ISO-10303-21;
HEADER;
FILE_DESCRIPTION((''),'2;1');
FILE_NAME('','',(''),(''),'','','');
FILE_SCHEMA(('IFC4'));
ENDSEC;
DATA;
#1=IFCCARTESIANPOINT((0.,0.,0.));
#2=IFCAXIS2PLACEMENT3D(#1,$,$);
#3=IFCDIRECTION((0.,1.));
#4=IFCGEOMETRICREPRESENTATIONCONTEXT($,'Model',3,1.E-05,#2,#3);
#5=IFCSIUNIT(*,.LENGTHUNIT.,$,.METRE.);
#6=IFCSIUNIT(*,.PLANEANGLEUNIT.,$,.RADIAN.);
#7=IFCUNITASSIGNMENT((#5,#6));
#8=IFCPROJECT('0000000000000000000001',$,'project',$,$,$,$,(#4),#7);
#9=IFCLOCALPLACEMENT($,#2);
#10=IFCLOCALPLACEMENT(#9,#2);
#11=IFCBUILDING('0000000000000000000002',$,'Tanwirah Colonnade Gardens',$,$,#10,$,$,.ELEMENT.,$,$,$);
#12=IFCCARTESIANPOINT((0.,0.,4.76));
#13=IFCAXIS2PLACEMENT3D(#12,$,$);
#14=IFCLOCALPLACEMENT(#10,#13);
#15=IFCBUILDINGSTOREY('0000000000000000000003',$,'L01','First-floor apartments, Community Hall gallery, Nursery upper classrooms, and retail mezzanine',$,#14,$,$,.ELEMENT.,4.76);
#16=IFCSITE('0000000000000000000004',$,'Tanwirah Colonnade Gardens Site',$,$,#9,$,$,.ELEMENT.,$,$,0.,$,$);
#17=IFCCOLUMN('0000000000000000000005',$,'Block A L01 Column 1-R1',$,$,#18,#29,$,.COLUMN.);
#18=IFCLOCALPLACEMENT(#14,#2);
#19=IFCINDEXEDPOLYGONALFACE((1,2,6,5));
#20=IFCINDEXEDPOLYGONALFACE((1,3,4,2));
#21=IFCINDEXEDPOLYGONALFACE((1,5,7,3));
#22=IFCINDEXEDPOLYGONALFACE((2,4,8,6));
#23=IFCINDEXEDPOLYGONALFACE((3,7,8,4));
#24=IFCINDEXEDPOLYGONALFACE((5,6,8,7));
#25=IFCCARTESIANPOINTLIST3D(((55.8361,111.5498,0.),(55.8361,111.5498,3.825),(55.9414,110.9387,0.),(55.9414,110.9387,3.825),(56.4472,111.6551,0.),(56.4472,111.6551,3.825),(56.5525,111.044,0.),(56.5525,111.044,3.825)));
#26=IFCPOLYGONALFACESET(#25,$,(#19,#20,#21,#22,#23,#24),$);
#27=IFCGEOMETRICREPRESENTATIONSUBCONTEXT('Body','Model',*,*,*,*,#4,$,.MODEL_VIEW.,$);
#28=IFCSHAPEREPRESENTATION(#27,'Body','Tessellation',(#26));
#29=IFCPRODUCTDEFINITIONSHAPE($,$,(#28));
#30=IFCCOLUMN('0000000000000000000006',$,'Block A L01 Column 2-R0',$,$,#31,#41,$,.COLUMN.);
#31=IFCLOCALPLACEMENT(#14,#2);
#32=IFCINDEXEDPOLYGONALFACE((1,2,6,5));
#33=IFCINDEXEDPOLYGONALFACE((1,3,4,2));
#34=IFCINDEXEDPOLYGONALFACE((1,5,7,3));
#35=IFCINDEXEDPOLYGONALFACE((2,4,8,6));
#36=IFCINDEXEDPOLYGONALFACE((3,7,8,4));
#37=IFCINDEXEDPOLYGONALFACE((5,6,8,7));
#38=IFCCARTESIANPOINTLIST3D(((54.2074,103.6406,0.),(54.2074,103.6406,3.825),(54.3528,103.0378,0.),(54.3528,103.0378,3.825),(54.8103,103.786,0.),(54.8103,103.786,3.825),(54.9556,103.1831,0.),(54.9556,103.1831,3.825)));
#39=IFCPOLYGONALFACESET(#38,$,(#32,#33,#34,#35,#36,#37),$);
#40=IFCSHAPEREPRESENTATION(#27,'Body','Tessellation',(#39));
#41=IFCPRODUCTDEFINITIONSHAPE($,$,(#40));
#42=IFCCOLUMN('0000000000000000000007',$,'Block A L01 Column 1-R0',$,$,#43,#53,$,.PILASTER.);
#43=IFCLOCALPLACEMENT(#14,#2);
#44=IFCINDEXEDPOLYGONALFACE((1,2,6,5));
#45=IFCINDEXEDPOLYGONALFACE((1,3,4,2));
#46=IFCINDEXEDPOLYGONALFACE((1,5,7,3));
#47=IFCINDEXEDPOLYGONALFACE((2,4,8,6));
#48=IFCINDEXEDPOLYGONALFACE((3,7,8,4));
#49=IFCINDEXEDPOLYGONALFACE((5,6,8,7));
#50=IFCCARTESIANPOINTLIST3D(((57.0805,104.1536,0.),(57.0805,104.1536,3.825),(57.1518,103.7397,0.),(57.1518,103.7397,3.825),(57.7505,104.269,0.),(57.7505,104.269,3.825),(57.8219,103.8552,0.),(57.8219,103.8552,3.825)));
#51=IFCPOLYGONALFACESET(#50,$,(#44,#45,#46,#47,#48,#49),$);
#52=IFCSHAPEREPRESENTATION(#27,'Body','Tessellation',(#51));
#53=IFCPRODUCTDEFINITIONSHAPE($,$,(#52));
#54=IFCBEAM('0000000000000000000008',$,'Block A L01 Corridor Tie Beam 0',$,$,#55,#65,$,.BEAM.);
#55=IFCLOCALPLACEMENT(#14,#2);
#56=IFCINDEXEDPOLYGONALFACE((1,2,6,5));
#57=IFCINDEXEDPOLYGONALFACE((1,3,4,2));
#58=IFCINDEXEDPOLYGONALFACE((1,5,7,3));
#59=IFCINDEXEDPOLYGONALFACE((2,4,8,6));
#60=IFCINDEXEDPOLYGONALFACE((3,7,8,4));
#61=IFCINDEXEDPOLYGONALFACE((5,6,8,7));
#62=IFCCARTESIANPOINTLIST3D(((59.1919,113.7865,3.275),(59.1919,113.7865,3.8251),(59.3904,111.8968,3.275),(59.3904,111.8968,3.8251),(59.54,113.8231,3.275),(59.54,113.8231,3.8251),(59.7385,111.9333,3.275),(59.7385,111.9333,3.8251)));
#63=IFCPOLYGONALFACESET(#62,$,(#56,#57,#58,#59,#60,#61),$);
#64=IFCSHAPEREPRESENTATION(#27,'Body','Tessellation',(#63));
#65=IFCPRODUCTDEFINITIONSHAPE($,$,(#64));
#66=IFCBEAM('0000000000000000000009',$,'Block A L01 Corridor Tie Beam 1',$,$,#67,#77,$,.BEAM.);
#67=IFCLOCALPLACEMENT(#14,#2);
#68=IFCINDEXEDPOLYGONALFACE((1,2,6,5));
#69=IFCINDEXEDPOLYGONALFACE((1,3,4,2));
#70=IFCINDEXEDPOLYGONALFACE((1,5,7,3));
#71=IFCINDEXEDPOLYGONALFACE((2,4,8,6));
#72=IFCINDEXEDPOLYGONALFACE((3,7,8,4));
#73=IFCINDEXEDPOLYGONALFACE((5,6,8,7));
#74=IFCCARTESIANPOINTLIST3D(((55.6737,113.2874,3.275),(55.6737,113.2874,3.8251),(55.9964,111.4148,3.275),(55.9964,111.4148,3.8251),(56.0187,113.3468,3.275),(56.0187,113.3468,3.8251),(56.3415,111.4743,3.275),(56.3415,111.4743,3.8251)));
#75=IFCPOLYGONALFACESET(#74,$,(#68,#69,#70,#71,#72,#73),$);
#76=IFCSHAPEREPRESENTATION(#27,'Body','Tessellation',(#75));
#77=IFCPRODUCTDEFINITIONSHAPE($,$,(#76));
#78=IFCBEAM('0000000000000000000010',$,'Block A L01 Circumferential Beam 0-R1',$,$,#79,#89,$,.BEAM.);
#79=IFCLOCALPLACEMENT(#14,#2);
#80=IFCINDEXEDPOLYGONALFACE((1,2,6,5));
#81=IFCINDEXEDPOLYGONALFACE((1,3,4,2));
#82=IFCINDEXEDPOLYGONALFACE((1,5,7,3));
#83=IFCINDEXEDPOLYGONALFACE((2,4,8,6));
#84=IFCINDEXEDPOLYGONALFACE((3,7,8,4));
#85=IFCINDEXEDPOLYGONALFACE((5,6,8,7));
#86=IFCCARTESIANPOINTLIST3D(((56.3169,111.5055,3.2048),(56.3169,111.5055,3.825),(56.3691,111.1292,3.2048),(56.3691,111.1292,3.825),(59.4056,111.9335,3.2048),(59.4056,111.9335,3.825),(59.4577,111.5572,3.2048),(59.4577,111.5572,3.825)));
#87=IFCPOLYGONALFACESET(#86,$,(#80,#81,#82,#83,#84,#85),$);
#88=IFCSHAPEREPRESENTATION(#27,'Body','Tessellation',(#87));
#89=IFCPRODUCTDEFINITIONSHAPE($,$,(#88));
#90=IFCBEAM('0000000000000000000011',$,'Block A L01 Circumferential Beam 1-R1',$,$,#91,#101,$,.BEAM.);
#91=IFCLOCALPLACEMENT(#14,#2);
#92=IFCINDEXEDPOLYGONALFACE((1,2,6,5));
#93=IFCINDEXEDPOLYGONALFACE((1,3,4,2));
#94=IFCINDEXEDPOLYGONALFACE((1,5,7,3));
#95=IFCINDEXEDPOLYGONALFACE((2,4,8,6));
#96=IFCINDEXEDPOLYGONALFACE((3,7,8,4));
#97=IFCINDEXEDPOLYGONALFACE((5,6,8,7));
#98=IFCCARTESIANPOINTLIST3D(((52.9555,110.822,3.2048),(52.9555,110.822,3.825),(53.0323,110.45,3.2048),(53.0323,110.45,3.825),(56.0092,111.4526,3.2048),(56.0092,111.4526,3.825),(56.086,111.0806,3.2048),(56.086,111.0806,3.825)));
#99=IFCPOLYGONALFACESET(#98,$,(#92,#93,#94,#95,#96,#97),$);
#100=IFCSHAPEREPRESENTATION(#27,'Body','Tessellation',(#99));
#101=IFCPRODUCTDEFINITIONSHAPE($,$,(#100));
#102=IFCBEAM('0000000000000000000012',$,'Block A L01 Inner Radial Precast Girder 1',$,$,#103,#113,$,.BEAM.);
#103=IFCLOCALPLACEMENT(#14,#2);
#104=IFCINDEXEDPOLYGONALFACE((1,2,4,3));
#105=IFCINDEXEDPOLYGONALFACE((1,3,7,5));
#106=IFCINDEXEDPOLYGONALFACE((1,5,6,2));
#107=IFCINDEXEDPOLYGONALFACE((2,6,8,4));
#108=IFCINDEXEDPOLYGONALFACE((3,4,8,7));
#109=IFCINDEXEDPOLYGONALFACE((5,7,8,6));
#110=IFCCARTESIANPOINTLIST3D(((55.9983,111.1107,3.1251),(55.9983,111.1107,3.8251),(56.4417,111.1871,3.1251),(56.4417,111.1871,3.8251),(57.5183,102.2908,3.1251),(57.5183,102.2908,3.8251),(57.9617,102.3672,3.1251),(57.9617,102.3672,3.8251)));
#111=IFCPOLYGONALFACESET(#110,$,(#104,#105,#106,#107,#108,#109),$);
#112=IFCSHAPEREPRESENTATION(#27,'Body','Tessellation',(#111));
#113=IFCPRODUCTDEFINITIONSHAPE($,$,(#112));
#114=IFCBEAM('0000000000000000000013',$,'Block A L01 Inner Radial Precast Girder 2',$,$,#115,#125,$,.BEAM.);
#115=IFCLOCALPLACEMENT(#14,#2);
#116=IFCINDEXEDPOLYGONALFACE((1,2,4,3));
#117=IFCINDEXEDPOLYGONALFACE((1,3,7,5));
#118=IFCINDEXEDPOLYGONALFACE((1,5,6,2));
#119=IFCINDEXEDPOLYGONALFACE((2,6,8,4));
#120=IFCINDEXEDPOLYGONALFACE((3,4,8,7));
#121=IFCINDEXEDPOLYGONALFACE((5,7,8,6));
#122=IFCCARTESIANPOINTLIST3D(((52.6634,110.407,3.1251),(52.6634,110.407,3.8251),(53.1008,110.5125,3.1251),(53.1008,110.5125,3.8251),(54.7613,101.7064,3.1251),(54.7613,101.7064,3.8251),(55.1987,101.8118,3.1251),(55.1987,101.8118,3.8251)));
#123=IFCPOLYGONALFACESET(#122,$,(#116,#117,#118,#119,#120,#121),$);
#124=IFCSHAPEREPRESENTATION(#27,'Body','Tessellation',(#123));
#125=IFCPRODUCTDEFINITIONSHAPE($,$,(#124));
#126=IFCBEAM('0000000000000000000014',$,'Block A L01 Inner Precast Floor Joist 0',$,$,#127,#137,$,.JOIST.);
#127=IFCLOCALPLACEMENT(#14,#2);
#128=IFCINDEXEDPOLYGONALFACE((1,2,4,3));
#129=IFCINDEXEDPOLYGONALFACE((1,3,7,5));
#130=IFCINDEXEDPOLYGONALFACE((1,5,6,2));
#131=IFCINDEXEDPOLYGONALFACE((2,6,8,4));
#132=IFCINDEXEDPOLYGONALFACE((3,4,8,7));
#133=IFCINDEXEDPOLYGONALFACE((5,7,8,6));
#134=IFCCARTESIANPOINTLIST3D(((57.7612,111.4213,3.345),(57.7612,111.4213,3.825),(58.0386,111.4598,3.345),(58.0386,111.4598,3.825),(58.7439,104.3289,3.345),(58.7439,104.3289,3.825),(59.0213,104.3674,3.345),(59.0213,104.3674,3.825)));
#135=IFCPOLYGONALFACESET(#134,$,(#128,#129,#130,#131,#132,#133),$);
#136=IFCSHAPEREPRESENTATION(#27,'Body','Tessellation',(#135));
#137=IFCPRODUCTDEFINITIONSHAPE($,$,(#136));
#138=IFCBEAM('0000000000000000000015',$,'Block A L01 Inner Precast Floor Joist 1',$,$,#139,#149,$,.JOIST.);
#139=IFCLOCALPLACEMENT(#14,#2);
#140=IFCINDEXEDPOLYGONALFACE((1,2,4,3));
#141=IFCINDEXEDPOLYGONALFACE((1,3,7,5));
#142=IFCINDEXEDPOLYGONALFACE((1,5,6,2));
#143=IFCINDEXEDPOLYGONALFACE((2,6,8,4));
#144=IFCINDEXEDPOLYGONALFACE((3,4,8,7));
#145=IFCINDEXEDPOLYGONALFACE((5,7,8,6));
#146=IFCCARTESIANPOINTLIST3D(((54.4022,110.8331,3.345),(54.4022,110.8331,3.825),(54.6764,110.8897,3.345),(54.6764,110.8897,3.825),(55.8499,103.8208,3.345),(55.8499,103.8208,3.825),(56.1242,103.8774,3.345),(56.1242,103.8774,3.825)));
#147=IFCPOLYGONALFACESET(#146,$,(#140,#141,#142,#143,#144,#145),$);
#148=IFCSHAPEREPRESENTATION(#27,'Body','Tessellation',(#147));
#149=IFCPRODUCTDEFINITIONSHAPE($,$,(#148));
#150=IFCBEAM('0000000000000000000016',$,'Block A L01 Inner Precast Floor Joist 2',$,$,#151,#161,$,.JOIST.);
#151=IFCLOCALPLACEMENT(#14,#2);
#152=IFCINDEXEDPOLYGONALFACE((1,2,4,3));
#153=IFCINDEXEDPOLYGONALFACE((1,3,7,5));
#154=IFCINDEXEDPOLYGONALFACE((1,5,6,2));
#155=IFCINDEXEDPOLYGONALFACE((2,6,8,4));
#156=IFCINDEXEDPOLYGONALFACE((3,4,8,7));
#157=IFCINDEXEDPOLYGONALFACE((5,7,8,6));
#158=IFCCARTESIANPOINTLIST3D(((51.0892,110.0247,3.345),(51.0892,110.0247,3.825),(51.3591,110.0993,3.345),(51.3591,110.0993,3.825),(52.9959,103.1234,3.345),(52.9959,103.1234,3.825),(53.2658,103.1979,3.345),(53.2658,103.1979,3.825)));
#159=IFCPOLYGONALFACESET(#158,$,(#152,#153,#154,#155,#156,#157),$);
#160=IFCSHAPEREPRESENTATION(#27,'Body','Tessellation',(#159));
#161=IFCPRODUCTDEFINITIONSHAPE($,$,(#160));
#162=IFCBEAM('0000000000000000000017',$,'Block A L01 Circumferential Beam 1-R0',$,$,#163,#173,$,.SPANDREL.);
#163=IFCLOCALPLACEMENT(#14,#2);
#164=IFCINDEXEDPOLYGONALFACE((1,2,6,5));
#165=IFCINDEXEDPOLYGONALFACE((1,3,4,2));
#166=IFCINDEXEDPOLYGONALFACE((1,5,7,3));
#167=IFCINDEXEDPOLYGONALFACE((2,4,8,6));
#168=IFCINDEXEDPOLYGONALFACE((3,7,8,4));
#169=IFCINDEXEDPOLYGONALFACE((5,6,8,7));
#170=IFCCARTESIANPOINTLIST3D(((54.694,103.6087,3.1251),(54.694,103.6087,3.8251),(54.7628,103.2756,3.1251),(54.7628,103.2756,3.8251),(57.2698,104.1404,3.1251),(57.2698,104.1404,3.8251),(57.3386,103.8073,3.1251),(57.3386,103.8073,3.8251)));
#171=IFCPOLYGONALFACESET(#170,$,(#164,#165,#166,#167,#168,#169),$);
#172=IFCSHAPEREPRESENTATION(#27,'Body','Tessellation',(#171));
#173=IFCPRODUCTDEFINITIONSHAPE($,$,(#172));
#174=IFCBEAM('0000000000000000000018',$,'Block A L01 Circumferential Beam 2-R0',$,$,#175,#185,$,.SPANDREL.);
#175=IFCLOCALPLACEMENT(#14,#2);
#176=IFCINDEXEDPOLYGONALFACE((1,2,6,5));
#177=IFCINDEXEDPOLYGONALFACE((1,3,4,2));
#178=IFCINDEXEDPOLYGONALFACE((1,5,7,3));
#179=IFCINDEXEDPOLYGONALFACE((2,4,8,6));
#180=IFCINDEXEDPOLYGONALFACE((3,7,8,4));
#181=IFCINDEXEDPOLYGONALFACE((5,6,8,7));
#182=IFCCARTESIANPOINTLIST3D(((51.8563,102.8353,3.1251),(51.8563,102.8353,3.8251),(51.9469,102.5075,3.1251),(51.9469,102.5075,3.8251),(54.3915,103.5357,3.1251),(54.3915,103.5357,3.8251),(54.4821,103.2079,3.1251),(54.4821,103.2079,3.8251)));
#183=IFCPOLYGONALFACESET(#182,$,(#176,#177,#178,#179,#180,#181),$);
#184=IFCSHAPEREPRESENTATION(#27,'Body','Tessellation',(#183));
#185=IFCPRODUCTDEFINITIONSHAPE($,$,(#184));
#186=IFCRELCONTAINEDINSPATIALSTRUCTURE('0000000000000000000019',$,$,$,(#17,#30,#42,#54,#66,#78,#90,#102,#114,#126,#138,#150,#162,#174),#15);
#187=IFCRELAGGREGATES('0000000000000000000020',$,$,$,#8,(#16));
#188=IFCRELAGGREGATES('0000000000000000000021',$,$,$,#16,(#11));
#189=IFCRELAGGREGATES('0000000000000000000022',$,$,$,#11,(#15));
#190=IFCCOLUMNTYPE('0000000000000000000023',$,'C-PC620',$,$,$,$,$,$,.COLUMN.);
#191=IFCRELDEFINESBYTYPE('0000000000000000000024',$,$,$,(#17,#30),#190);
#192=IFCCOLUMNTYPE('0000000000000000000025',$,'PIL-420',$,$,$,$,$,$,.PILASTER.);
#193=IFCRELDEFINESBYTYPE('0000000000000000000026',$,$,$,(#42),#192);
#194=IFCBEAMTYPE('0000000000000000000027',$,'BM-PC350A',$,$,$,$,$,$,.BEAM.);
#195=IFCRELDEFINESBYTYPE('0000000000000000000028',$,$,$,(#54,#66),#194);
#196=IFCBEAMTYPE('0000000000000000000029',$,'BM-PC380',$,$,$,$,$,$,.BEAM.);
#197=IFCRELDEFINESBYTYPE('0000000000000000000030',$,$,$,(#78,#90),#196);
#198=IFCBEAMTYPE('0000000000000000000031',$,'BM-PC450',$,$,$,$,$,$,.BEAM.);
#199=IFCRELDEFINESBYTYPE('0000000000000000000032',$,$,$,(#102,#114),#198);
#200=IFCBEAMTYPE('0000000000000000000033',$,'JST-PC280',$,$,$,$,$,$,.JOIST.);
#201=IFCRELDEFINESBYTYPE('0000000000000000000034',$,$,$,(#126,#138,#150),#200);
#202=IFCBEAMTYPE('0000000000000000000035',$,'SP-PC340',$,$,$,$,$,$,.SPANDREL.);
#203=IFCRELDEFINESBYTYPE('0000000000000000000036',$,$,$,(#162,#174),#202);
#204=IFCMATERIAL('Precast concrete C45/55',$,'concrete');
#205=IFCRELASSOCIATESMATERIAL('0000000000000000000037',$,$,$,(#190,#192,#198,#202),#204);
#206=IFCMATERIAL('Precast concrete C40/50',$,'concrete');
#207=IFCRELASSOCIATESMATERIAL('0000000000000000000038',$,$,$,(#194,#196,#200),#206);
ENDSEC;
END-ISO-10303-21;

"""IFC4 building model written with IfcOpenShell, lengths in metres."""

from ifc_helpers import new_model, si_unit, direction, frame, origin, origin_2d, place, context, subcontext, project, spatial, rectangle, extrude, material, material_profile, profile_set, type_object, element, save


model = new_model("IFC4")

# Units and contexts
model_context = context("Model", 3, precision=1e-05, world=origin(), true_north=direction((0.0, 1.0)))
body_context = subcontext(model_context, "Body", "Model", "MODEL_VIEW")
ifc_project = project(units=[si_unit("LENGTHUNIT", "METRE"), si_unit("PLANEANGLEUNIT", "RADIAN")], contexts=[model_context])

# Site, building, storey
site_placement = place(None, origin())
site = spatial("IfcSite", under=ifc_project, at=site_placement, Name="Tanwirah Colonnade Gardens Site", CompositionType="ELEMENT", RefElevation=0.0)
building_placement = place(site_placement, origin())
building = spatial("IfcBuilding", under=site, at=building_placement, Name="Tanwirah Colonnade Gardens", CompositionType="ELEMENT")
storey_placement = place(building_placement, frame((0.0, 0.0, 4.76)))
storey = spatial("IfcBuildingStorey", under=building, at=storey_placement, Name="L01", Description="First-floor apartments, Community Hall gallery, Nursery upper classrooms, and retail mezzanine", CompositionType="ELEMENT", Elevation=4.76)

# Columns
ifc_material_1 = material(Name="Precast concrete C45/55", Category="concrete")
ifc_material_profile_1 = material_profile(ifc_material_1, rectangle(XDim=0.6201, YDim=0.6201, at=origin_2d()), Name="PC-COL 620x620")
ifc_profile_set_1 = profile_set([ifc_material_profile_1], Name="Precast concrete C45/55")
column_type_1 = type_object("IfcColumnType", Name="C-PC620", PredefinedType="COLUMN", material=ifc_profile_set_1)
for number, where, z_axis, x_axis, name in (
    (1, (56.1943, 111.2969, 0.0), (0.0, 0.0, 1.0), (-0.169827, 0.985474, 0.0), "Block A L01 Column 1-R1"),
    (2, (54.5815, 103.4119, 0.0), (0.0, 0.0, 1.0), (-0.234388, 0.972143, 0.0), "Block A L01 Column 2-R0"),
):
    element("IfcColumn", number, at=place(storey_placement, frame(where, z_axis=z_axis, x_axis=x_axis)), inside=storey, type_object=column_type_1, Name=name, PredefinedType="COLUMN", context=body_context, shape_type="SweptSolid", body=[
        extrude(rectangle(XDim=0.6201, YDim=0.6201, at=origin_2d()), origin(), (0.0, 0.0, 1.0), 3.825),
    ])
ifc_material_profile_2 = material_profile(ifc_material_1, rectangle(XDim=0.4199, YDim=0.6799, at=origin_2d()), Name="PC-PIL 420x680")
ifc_profile_set_2 = profile_set([ifc_material_profile_2], Name="Precast concrete C45/55")
column_type_2 = type_object("IfcColumnType", Name="PIL-420", PredefinedType="PILASTER", material=ifc_profile_set_2)
column_placement = place(storey_placement, frame((57.4512, 104.0044, 0.0), z_axis=(0.0, 0.0, 1.0), x_axis=(-0.169827, 0.985474, 0.0)))
element("IfcColumn", 3, at=column_placement, inside=storey, type_object=column_type_2, Name="Block A L01 Column 1-R0", PredefinedType="PILASTER", context=body_context, shape_type="SweptSolid", body=[
    extrude(rectangle(XDim=0.4199, YDim=0.6799, at=origin_2d()), origin(), (0.0, 0.0, 1.0), 3.825),
])

# Beams
ifc_material_2 = material(Name="Precast concrete C40/50", Category="concrete")
ifc_material_profile_3 = material_profile(ifc_material_2, rectangle(XDim=0.3501, YDim=0.55, at=origin_2d()), Name="PC-BM 350x550")
ifc_profile_set_3 = profile_set([ifc_material_profile_3], Name="Precast concrete C40/50")
beam_type_1 = type_object("IfcBeamType", Name="BM-PC350A", PredefinedType="BEAM", material=ifc_profile_set_3)
for number, where, z_axis, x_axis, name in (
    (4, (59.5645, 111.915, 3.55), (-0.104464, 0.994529, 0.0), (-0.994529, -0.104464, 0.0), "Block A L01 Corridor Tie Beam 0"),
    (5, (56.1689, 111.4446, 3.55), (-0.169855, 0.985469, 0.0), (-0.985469, -0.169855, 0.0), "Block A L01 Corridor Tie Beam 1"),
):
    element("IfcBeam", number, at=place(storey_placement, frame(where, z_axis=z_axis, x_axis=x_axis)), inside=storey, type_object=beam_type_1, Name=name, PredefinedType="BEAM", context=body_context, shape_type="SweptSolid", body=[
        extrude(rectangle(XDim=0.3501, YDim=0.55, at=origin_2d()), origin(), (0.0, 0.0, 1.0), 1.9001),
    ])
ifc_material_profile_4 = material_profile(ifc_material_2, rectangle(XDim=0.3799, YDim=0.6201, at=origin_2d()), Name="PC-BM 380x620")
ifc_profile_set_4 = profile_set([ifc_material_profile_4], Name="Precast concrete C40/50")
beam_type_2 = type_object("IfcBeamType", Name="BM-PC380", PredefinedType="BEAM", material=ifc_profile_set_4)
for number, where, z_axis, x_axis, name in (
    (6, (59.4316, 111.7454, 3.5149), (-0.990536, -0.137255, 0.0), (0.137255, -0.990536, 0.0), "Block A L01 Circumferential Beam 0-R1"),
    (7, (56.0476, 111.2666, 3.5149), (-0.979336, -0.202241, 0.0), (0.202241, -0.979336, 0.0), "Block A L01 Circumferential Beam 1-R1"),
):
    element("IfcBeam", number, at=place(storey_placement, frame(where, z_axis=z_axis, x_axis=x_axis)), inside=storey, type_object=beam_type_2, Name=name, PredefinedType="BEAM", context=body_context, shape_type="SweptSolid", body=[
        extrude(rectangle(XDim=0.3799, YDim=0.6201, at=origin_2d()), origin(), (0.0, 0.0, 1.0), 3.1182),
    ])
ifc_material_profile_5 = material_profile(ifc_material_1, rectangle(XDim=0.45, YDim=0.7, at=origin_2d()), Name="PC-BM 450x700")
ifc_profile_set_5 = profile_set([ifc_material_profile_5], Name="Precast concrete C45/55")
beam_type_3 = type_object("IfcBeamType", Name="BM-PC450", PredefinedType="BEAM", material=ifc_profile_set_5)
for number, where, z_axis, x_axis, name in (
    (8, (56.22, 111.1489, 3.4751), (0.169837, -0.985472, 0.0), (0.985472, 0.169837, 0.0), "Block A L01 Inner Radial Precast Girder 1"),
    (9, (52.8821, 110.4597, 3.4751), (0.234401, -0.97214, 0.0), (0.97214, 0.234401, 0.0), "Block A L01 Inner Radial Precast Girder 2"),
):
    element("IfcBeam", number, at=place(storey_placement, frame(where, z_axis=z_axis, x_axis=x_axis)), inside=storey, type_object=beam_type_3, Name=name, PredefinedType="BEAM", context=body_context, shape_type="SweptSolid", body=[
        extrude(rectangle(XDim=0.45, YDim=0.7, at=origin_2d()), origin(), (0.0, 0.0, 1.0), 8.95),
    ])
ifc_material_profile_6 = material_profile(ifc_material_2, rectangle(XDim=0.28, YDim=0.48, at=origin_2d()), Name="PC-JST 280x480")
ifc_profile_set_6 = profile_set([ifc_material_profile_6], Name="Precast concrete C40/50")
beam_type_4 = type_object("IfcBeamType", Name="JST-PC280", PredefinedType="JOIST", material=ifc_profile_set_6)
for number, where, z_axis, x_axis, name in (
    (10, (58.8826, 104.3481, 3.585), (-0.137243, 0.990537, 0.0), (-0.990537, -0.137243, 0.0), "Block A L01 Inner Precast Floor Joist 0"),
    (11, (55.9871, 103.8491, 3.585), (-0.202197, 0.979345, 0.0), (-0.979345, -0.202197, 0.0), "Block A L01 Inner Precast Floor Joist 1"),
):
    element("IfcBeam", number, at=place(storey_placement, frame(where, z_axis=z_axis, x_axis=x_axis)), inside=storey, type_object=beam_type_4, Name=name, PredefinedType="JOIST", context=body_context, shape_type="SweptSolid", body=[
        extrude(rectangle(XDim=0.28, YDim=0.48, at=origin_2d()), origin(), (0.0, 0.0, 1.0), 7.1602),
    ])
beam_placement = place(storey_placement, frame((53.1309, 103.1606, 3.585), z_axis=(-0.266307, 0.963888, 0.0), x_axis=(-0.963888, -0.266307, 0.0)))
element("IfcBeam", 12, at=beam_placement, inside=storey, type_object=beam_type_4, Name="Block A L01 Inner Precast Floor Joist 2", PredefinedType="JOIST", context=body_context, shape_type="SweptSolid", body=[
    extrude(rectangle(XDim=0.28, YDim=0.48, at=origin_2d()), origin(), (0.0, 0.0, 1.0), 7.1599),
])
ifc_material_profile_7 = material_profile(ifc_material_1, rectangle(XDim=0.3401, YDim=0.7, at=origin_2d()), Name="PC-SP 340x700")
ifc_profile_set_7 = profile_set([ifc_material_profile_7], Name="Precast concrete C45/55")
beam_type_5 = type_object("IfcBeamType", Name="SP-PC340", PredefinedType="SPANDREL", material=ifc_profile_set_7)
for number, where, z_axis, x_axis, name in (
    (13, (57.3042, 103.9739, 3.4751), (-0.979352, -0.202164, 0.0), (0.202164, -0.979352, 0.0), "Block A L01 Circumferential Beam 1-R0"),
    (14, (54.4368, 103.3718, 3.4751), (-0.963887, -0.266313, 0.0), (0.266313, -0.963887, 0.0), "Block A L01 Circumferential Beam 2-R0"),
):
    element("IfcBeam", number, at=place(storey_placement, frame(where, z_axis=z_axis, x_axis=x_axis)), inside=storey, type_object=beam_type_5, Name=name, PredefinedType="SPANDREL", context=body_context, shape_type="SweptSolid", body=[
        extrude(rectangle(XDim=0.3401, YDim=0.7, at=origin_2d()), origin(), (0.0, 0.0, 1.0), 2.6301),
    ])

save(model, "model.ifc")
